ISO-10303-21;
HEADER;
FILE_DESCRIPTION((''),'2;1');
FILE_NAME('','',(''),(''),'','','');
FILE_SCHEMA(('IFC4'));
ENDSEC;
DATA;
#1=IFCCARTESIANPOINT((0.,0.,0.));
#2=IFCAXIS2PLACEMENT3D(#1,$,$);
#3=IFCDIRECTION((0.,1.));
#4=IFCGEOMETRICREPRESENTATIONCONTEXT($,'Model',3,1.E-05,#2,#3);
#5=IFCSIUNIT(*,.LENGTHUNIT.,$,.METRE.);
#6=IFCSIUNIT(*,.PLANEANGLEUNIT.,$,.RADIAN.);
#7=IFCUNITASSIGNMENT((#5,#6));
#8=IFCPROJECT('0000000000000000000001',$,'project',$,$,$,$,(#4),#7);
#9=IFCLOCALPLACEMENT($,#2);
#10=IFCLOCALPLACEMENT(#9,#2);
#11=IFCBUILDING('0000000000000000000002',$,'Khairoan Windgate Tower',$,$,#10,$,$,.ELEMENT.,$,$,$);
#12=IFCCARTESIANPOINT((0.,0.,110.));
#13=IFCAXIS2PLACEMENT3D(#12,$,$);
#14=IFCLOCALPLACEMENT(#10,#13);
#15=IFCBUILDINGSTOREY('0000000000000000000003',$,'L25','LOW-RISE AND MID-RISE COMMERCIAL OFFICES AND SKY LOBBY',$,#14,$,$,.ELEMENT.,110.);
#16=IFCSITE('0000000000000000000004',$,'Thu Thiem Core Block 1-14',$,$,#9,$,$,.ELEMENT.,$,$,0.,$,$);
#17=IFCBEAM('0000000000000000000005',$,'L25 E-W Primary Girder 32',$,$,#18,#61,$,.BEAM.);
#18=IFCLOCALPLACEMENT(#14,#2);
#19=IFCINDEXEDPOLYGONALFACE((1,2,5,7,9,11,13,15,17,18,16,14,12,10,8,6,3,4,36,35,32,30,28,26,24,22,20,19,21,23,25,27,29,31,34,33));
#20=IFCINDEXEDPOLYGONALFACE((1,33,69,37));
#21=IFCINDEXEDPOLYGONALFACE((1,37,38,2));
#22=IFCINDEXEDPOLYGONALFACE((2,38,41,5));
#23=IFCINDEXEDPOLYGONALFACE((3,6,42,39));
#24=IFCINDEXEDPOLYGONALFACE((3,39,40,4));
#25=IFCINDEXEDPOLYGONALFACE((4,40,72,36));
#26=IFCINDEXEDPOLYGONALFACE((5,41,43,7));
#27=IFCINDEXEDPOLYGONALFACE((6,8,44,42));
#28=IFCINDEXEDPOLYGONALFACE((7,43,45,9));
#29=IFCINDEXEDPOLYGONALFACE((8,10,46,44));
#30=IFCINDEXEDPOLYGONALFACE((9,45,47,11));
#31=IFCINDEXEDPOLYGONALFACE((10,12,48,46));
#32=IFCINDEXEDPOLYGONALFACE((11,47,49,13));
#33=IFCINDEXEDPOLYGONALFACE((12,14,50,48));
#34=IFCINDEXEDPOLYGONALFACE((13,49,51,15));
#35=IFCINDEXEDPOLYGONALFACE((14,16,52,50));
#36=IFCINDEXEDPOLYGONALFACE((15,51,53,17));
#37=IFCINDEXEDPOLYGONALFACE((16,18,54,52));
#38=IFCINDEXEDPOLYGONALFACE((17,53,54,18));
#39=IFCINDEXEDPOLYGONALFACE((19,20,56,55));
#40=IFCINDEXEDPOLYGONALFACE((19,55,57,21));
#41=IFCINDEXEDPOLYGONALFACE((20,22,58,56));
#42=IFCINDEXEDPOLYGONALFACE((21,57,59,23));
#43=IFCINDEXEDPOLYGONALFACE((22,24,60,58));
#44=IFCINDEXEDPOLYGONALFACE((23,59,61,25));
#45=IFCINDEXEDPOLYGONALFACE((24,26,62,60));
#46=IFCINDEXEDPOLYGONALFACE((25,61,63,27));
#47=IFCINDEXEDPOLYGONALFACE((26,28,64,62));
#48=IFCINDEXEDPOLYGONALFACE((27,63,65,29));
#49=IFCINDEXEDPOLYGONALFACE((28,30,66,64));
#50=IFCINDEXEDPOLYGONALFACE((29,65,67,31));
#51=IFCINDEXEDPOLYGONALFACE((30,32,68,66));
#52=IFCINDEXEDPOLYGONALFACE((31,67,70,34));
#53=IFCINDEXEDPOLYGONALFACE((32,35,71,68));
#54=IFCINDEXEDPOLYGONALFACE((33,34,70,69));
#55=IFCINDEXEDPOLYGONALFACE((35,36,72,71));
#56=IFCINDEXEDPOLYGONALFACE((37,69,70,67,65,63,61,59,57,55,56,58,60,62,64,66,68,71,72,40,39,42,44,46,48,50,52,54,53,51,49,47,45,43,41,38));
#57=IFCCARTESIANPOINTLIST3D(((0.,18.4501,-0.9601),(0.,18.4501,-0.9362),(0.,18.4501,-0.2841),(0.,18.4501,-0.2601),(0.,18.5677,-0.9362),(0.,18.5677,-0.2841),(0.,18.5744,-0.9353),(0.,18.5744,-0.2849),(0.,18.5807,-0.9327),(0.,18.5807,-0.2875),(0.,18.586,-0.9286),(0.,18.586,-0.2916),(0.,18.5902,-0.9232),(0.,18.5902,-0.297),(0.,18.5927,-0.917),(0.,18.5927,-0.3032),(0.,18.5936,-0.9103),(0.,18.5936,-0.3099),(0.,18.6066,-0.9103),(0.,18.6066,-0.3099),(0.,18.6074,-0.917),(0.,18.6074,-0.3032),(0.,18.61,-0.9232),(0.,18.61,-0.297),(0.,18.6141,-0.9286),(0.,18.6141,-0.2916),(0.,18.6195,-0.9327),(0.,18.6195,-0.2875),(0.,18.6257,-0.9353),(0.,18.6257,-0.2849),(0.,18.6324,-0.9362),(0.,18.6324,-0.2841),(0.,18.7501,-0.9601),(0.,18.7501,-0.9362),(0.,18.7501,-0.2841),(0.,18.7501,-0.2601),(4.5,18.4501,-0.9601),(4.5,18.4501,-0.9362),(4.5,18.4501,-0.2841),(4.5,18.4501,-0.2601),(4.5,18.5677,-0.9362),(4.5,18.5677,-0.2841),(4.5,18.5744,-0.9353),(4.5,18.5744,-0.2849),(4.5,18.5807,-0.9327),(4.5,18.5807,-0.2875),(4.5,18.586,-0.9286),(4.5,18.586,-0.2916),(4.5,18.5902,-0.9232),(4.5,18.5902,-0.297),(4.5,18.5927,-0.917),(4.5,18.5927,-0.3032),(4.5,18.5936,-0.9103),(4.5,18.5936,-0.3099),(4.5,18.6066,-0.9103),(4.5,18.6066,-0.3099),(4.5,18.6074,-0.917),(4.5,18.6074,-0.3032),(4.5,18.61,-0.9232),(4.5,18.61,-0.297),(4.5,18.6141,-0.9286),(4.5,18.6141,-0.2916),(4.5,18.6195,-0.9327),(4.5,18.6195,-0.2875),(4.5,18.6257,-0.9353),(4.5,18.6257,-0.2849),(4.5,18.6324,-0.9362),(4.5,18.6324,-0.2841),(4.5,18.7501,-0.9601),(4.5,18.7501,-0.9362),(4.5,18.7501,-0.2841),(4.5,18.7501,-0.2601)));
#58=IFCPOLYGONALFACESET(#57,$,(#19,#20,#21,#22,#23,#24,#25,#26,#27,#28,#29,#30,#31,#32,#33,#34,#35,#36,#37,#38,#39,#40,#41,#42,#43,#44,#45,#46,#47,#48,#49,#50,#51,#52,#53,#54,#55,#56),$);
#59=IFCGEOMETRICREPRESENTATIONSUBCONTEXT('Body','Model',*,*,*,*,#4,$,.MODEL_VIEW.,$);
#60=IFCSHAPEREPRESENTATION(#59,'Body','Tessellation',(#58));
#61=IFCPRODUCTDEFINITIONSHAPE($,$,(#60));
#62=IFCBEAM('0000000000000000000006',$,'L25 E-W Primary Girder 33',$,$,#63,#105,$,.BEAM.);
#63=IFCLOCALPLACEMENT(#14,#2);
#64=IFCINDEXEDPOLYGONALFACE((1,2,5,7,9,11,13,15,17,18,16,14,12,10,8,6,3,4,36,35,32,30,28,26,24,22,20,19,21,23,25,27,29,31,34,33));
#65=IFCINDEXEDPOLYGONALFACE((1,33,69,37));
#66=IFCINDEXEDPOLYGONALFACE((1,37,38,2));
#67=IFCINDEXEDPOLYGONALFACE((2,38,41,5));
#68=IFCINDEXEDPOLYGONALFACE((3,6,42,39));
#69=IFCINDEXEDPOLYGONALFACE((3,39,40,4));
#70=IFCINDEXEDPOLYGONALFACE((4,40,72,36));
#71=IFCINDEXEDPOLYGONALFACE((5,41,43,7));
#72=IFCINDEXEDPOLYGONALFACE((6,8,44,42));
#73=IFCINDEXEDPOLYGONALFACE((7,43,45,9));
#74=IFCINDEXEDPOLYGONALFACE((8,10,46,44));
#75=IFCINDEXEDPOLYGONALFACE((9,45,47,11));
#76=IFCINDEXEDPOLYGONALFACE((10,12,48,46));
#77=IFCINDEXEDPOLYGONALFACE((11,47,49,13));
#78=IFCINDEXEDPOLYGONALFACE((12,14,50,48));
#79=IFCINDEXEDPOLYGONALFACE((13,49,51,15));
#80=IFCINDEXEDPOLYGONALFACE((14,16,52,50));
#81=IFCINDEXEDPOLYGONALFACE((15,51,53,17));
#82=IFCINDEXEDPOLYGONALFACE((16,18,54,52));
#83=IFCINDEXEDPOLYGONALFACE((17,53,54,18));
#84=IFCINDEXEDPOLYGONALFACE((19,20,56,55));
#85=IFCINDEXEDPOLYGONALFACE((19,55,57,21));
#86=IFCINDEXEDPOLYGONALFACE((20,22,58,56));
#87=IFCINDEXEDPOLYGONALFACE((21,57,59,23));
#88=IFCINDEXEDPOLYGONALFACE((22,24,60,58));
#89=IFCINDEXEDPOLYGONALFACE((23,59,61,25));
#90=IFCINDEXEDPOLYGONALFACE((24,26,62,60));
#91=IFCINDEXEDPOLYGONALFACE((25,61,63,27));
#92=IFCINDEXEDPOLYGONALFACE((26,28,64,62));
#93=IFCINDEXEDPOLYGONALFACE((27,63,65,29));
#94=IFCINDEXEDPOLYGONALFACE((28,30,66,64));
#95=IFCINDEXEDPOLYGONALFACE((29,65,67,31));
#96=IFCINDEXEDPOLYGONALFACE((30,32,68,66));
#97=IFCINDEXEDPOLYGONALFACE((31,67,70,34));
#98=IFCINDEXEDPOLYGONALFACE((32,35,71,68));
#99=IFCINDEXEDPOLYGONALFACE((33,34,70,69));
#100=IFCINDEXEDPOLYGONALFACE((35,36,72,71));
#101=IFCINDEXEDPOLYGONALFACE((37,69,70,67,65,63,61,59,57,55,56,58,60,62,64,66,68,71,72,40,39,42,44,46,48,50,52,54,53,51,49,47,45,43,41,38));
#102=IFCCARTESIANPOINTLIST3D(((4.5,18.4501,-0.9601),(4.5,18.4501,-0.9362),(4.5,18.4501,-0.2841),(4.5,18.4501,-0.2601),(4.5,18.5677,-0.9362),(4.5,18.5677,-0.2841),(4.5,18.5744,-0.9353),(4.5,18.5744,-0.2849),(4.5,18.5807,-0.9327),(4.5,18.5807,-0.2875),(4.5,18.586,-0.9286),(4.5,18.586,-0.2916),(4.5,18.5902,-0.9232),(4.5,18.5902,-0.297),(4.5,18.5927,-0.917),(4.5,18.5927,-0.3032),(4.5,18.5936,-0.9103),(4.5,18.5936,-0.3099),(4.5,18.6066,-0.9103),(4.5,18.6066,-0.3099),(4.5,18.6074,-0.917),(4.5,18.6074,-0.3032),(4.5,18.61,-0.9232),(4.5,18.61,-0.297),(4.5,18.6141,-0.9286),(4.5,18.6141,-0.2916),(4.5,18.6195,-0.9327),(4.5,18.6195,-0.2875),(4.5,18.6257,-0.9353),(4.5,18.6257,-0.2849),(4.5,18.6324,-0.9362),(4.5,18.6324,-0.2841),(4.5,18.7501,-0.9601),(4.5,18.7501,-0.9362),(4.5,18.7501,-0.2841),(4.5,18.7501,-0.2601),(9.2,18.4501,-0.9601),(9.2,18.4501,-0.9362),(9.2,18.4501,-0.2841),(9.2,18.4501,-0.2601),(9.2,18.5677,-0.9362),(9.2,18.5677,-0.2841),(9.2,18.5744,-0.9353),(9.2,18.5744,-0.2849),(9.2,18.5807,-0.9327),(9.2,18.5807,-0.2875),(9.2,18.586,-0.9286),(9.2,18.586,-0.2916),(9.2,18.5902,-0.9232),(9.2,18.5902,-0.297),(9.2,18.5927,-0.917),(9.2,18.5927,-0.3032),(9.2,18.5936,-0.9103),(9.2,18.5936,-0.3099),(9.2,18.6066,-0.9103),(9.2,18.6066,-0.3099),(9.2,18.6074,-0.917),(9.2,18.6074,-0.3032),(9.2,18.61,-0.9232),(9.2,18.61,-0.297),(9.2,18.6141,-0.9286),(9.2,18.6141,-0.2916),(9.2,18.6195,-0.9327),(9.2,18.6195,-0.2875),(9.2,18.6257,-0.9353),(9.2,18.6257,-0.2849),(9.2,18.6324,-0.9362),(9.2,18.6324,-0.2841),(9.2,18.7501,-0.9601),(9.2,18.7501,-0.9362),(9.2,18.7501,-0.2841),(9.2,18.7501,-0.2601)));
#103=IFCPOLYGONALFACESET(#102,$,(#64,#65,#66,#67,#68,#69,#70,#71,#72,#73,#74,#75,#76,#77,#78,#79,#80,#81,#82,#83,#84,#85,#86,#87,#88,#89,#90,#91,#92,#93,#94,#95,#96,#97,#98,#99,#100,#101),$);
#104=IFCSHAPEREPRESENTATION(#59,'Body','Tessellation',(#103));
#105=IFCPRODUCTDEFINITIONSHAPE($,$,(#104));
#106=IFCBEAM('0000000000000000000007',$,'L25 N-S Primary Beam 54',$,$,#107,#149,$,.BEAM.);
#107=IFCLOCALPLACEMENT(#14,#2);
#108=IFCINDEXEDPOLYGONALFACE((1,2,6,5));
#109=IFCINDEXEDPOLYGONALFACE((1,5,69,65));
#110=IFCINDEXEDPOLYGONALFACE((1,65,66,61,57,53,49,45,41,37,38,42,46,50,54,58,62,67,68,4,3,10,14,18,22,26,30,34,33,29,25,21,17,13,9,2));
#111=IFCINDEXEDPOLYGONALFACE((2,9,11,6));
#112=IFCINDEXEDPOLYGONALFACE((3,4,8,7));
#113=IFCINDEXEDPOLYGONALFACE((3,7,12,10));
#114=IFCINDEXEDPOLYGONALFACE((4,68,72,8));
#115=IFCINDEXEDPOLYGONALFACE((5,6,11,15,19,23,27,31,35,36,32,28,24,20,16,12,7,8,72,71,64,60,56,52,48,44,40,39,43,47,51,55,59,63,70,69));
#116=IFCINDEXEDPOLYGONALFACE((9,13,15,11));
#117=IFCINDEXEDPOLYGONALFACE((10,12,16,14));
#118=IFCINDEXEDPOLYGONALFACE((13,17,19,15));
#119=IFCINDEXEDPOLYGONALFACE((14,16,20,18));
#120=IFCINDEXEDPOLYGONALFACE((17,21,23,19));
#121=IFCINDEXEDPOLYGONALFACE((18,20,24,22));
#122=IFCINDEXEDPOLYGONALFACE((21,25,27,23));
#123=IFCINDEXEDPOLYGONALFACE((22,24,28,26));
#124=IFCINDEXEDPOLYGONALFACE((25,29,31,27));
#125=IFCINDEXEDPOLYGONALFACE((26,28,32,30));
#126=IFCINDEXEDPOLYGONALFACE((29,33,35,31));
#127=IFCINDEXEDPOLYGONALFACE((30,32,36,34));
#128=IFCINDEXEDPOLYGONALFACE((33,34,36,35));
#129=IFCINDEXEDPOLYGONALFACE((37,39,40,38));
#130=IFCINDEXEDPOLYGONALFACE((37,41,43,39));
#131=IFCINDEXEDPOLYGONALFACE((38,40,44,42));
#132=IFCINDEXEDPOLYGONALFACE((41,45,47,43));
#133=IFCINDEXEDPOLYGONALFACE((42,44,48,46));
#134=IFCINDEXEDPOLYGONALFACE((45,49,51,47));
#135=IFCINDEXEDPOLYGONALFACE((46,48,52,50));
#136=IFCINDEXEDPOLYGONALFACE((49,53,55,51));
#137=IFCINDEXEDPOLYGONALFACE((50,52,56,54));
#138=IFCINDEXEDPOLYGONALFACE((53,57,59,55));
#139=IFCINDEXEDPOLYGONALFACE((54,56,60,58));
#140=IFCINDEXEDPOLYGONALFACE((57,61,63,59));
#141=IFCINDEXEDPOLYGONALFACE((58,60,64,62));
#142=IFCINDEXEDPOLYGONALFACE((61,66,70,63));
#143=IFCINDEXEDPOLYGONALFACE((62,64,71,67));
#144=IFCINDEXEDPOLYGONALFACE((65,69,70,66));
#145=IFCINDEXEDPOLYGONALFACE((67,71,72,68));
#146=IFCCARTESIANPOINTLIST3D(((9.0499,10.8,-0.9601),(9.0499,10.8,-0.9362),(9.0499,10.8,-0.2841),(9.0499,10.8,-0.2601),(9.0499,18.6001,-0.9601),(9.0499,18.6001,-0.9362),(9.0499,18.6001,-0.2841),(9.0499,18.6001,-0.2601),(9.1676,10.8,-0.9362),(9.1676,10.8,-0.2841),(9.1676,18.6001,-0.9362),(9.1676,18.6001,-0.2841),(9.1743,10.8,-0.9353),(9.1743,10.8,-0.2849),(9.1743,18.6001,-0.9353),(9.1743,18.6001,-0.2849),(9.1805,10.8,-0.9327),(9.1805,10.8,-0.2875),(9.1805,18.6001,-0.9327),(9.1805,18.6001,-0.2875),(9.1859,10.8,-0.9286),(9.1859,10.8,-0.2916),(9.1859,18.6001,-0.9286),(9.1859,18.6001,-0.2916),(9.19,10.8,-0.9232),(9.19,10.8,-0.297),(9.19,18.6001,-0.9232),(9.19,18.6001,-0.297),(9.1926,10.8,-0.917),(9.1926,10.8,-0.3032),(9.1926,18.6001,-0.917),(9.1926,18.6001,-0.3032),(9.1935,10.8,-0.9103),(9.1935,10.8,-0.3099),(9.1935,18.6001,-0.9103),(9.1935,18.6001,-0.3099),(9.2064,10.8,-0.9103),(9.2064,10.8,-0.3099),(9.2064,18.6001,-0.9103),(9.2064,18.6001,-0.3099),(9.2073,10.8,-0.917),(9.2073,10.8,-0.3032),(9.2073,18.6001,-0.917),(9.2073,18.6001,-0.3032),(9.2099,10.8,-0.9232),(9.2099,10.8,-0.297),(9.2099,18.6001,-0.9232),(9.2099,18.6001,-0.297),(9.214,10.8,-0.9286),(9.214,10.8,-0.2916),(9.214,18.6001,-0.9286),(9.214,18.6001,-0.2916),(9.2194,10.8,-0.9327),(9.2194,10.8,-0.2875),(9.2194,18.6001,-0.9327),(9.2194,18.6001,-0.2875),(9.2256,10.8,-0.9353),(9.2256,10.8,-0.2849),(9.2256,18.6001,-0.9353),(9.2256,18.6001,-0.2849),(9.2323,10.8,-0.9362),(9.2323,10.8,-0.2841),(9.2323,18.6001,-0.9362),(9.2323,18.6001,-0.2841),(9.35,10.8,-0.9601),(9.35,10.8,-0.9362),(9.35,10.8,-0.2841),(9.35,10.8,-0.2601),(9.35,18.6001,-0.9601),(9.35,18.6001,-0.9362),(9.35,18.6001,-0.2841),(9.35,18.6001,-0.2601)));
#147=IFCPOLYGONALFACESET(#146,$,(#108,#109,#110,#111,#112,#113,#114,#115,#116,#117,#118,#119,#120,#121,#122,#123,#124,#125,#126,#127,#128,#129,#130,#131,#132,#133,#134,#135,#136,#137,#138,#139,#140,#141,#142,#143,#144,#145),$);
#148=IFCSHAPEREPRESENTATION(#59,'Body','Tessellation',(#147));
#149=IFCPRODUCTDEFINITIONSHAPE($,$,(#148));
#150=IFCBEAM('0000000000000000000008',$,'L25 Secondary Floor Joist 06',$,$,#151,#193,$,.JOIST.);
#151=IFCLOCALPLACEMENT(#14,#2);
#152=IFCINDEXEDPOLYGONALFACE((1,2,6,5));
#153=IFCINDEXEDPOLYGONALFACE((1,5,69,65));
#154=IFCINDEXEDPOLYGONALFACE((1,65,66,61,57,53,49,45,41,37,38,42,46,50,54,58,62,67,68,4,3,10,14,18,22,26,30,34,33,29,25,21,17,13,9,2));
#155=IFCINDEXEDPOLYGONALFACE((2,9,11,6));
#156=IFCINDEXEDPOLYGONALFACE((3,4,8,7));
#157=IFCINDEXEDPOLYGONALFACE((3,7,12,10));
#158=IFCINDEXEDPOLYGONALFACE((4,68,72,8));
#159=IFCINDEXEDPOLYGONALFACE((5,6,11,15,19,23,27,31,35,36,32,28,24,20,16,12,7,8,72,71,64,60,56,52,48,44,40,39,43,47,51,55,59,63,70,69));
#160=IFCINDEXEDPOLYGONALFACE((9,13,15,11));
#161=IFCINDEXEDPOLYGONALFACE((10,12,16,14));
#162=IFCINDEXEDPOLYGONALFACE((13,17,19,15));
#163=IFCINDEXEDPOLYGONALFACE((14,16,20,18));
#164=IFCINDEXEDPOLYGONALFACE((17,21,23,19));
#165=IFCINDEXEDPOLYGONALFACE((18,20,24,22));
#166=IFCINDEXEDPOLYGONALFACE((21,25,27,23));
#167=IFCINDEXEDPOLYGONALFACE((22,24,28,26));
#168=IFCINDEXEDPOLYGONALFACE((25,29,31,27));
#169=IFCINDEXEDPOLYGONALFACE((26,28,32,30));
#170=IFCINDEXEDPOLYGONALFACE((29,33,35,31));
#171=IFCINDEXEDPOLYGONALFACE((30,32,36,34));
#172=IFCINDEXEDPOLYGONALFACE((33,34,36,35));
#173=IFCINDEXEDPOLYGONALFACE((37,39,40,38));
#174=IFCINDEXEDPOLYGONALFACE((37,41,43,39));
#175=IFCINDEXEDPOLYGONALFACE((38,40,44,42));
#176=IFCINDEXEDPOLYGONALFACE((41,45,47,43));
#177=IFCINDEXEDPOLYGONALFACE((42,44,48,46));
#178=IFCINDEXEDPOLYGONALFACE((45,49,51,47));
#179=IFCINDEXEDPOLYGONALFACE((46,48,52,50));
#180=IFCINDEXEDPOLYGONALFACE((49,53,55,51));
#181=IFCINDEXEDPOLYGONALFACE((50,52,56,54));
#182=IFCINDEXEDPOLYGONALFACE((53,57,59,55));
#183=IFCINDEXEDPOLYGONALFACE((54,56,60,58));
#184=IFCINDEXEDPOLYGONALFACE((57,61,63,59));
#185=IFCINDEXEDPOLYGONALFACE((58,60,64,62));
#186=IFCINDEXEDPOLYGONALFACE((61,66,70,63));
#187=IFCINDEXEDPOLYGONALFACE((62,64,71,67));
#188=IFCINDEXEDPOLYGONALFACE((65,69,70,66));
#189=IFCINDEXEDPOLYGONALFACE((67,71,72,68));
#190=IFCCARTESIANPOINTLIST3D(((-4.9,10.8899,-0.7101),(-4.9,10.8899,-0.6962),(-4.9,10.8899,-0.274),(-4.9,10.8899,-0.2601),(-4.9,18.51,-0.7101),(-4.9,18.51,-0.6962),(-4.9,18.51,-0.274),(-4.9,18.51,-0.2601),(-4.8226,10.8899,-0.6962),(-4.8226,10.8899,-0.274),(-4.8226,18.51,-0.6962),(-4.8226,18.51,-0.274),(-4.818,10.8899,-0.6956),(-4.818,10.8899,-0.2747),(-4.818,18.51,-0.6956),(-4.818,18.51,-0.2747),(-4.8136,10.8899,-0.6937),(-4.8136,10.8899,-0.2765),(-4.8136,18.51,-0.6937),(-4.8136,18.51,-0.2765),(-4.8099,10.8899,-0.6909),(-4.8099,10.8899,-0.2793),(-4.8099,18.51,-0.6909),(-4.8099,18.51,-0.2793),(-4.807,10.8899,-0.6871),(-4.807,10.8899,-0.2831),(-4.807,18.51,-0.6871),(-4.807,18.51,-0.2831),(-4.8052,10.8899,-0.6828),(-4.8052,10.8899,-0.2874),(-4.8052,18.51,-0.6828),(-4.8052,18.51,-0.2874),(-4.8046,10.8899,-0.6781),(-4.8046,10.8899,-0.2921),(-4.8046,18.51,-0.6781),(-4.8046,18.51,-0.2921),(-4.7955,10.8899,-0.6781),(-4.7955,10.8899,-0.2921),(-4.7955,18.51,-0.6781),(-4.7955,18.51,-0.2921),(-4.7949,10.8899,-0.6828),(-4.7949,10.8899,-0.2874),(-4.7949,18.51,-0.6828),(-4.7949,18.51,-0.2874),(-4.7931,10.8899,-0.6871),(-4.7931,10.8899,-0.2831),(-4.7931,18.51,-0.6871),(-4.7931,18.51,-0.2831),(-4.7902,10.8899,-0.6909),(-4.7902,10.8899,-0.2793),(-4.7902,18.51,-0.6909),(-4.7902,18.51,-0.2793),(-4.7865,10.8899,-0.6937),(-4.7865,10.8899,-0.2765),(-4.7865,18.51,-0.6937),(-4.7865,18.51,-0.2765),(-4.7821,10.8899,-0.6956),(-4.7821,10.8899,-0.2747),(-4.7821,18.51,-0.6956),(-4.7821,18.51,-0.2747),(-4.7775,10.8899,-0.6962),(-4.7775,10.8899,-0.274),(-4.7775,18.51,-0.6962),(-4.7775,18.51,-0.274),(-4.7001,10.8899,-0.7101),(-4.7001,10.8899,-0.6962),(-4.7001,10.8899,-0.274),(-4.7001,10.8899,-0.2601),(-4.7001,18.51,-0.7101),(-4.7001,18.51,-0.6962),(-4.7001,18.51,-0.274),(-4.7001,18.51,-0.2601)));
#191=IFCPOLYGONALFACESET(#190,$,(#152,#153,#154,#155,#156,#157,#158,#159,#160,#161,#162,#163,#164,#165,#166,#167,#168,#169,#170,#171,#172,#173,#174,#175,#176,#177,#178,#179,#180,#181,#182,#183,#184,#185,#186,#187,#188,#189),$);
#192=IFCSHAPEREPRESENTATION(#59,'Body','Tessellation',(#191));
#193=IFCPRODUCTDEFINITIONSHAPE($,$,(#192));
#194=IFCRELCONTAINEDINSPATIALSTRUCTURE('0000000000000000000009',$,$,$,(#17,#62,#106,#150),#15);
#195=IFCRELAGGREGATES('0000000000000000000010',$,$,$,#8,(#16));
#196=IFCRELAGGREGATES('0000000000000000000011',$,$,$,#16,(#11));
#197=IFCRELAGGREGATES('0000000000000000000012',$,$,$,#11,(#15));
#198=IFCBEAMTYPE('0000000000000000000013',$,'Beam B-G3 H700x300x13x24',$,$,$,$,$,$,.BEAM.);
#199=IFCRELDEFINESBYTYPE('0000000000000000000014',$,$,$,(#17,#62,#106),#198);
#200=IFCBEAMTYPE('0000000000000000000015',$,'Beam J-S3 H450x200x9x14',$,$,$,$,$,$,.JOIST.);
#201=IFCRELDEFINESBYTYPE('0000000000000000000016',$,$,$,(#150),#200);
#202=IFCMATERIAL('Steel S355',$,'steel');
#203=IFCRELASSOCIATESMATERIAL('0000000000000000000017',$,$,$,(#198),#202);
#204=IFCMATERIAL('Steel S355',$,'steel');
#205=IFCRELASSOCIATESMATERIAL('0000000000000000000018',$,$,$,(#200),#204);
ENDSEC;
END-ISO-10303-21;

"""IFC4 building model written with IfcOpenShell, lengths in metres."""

from ifc_helpers import new_model, si_unit, direction, frame, origin, origin_2d, place, context, subcontext, project, spatial, i_section, extrude, material, material_profile, profile_set, type_object, element, save


model = new_model("IFC4")

# Units and contexts
model_context = context("Model", 3, precision=1e-05, world=origin(), true_north=direction((0.0, 1.0)))
body_context = subcontext(model_context, "Body", "Model", "MODEL_VIEW")
ifc_project = project(units=[si_unit("LENGTHUNIT", "METRE"), si_unit("PLANEANGLEUNIT", "RADIAN")], contexts=[model_context])

# Site, building, storey
site_placement = place(None, origin())
site = spatial("IfcSite", under=ifc_project, at=site_placement, Name="Thu Thiem Core Block 1-14", CompositionType="ELEMENT", RefElevation=0.0)
building_placement = place(site_placement, origin())
building = spatial("IfcBuilding", under=site, at=building_placement, Name="Khairoan Windgate Tower", CompositionType="ELEMENT")
storey_placement = place(building_placement, frame((0.0, 0.0, 110.0)))
storey = spatial("IfcBuildingStorey", under=building, at=storey_placement, Name="L25", Description="LOW-RISE AND MID-RISE COMMERCIAL OFFICES AND SKY LOBBY", CompositionType="ELEMENT", Elevation=110.0)

# Beams
ifc_material_1 = material(Name="Steel S355", Category="steel")
ifc_material_profile_1 = material_profile(ifc_material_1, i_section(OverallWidth=0.3, OverallDepth=0.7, WebThickness=0.0129, FlangeThickness=0.0239, FilletRadius=0.0259, at=origin_2d()))
ifc_profile_set_1 = profile_set([ifc_material_profile_1], Name="Steel S355")
beam_type_1 = type_object("IfcBeamType", Name="Beam B-G3 H700x300x13x24", PredefinedType="BEAM", material=ifc_profile_set_1)
for number, where, z_axis, x_axis, name in (
    (1, (0.0, 18.6001, -0.6101), (1.0, 0.0, 0.0), (0.0, 1.0, 0.0), "L25 E-W Primary Girder 32"),
):
    element("IfcBeam", number, at=place(storey_placement, frame(where, z_axis=z_axis, x_axis=x_axis)), inside=storey, type_object=beam_type_1, Name=name, PredefinedType="BEAM", context=body_context, shape_type="SweptSolid", body=[
        extrude(i_section(OverallWidth=0.3, OverallDepth=0.7, WebThickness=0.0129, FlangeThickness=0.0239, FilletRadius=0.0259, at=origin_2d()), origin(), (0.0, 0.0, 1.0), 4.5),
    ])
beam_1_placement = place(storey_placement, frame((4.5, 18.6001, -0.6101), z_axis=(1.0, 0.0, 0.0), x_axis=(0.0, 1.0, 0.0)))
element("IfcBeam", 2, at=beam_1_placement, inside=storey, type_object=beam_type_1, Name="L25 E-W Primary Girder 33", PredefinedType="BEAM", context=body_context, shape_type="SweptSolid", body=[
    extrude(i_section(OverallWidth=0.3, OverallDepth=0.7, WebThickness=0.0129, FlangeThickness=0.0239, FilletRadius=0.0259, at=origin_2d()), origin(), (0.0, 0.0, 1.0), 4.7),
])
beam_2_placement = place(storey_placement, frame((9.2, 10.8, -0.6101), z_axis=(0.0, 1.0, 0.0), x_axis=(-1.0, 0.0, 0.0)))
element("IfcBeam", 3, at=beam_2_placement, inside=storey, type_object=beam_type_1, Name="L25 N-S Primary Beam 54", PredefinedType="BEAM", context=body_context, shape_type="SweptSolid", body=[
    extrude(i_section(OverallWidth=0.3, OverallDepth=0.7, WebThickness=0.0129, FlangeThickness=0.0239, FilletRadius=0.0259, at=origin_2d()), origin(), (0.0, 0.0, 1.0), 7.8),
])
ifc_material_2 = material(Name="Steel S355", Category="steel")
ifc_material_profile_2 = material_profile(ifc_material_2, i_section(OverallWidth=0.2, OverallDepth=0.45, WebThickness=0.009, FlangeThickness=0.0139, FilletRadius=0.0181, at=origin_2d()))
ifc_profile_set_2 = profile_set([ifc_material_profile_2], Name="Steel S355")
beam_type_2 = type_object("IfcBeamType", Name="Beam J-S3 H450x200x9x14", PredefinedType="JOIST", material=ifc_profile_set_2)
for number, where, z_axis, x_axis, name in (
    (4, (-4.8, 10.8899, -0.4851), (0.0, 1.0, 0.0), (-1.0, 0.0, 0.0), "L25 Secondary Floor Joist 06"),
):
    element("IfcBeam", number, at=place(storey_placement, frame(where, z_axis=z_axis, x_axis=x_axis)), inside=storey, type_object=beam_type_2, Name=name, PredefinedType="JOIST", context=body_context, shape_type="SweptSolid", body=[
        extrude(i_section(OverallWidth=0.2, OverallDepth=0.45, WebThickness=0.009, FlangeThickness=0.0139, FilletRadius=0.0181, at=origin_2d()), origin(), (0.0, 0.0, 1.0), 7.6201),
    ])

save(model, "model.ifc")
